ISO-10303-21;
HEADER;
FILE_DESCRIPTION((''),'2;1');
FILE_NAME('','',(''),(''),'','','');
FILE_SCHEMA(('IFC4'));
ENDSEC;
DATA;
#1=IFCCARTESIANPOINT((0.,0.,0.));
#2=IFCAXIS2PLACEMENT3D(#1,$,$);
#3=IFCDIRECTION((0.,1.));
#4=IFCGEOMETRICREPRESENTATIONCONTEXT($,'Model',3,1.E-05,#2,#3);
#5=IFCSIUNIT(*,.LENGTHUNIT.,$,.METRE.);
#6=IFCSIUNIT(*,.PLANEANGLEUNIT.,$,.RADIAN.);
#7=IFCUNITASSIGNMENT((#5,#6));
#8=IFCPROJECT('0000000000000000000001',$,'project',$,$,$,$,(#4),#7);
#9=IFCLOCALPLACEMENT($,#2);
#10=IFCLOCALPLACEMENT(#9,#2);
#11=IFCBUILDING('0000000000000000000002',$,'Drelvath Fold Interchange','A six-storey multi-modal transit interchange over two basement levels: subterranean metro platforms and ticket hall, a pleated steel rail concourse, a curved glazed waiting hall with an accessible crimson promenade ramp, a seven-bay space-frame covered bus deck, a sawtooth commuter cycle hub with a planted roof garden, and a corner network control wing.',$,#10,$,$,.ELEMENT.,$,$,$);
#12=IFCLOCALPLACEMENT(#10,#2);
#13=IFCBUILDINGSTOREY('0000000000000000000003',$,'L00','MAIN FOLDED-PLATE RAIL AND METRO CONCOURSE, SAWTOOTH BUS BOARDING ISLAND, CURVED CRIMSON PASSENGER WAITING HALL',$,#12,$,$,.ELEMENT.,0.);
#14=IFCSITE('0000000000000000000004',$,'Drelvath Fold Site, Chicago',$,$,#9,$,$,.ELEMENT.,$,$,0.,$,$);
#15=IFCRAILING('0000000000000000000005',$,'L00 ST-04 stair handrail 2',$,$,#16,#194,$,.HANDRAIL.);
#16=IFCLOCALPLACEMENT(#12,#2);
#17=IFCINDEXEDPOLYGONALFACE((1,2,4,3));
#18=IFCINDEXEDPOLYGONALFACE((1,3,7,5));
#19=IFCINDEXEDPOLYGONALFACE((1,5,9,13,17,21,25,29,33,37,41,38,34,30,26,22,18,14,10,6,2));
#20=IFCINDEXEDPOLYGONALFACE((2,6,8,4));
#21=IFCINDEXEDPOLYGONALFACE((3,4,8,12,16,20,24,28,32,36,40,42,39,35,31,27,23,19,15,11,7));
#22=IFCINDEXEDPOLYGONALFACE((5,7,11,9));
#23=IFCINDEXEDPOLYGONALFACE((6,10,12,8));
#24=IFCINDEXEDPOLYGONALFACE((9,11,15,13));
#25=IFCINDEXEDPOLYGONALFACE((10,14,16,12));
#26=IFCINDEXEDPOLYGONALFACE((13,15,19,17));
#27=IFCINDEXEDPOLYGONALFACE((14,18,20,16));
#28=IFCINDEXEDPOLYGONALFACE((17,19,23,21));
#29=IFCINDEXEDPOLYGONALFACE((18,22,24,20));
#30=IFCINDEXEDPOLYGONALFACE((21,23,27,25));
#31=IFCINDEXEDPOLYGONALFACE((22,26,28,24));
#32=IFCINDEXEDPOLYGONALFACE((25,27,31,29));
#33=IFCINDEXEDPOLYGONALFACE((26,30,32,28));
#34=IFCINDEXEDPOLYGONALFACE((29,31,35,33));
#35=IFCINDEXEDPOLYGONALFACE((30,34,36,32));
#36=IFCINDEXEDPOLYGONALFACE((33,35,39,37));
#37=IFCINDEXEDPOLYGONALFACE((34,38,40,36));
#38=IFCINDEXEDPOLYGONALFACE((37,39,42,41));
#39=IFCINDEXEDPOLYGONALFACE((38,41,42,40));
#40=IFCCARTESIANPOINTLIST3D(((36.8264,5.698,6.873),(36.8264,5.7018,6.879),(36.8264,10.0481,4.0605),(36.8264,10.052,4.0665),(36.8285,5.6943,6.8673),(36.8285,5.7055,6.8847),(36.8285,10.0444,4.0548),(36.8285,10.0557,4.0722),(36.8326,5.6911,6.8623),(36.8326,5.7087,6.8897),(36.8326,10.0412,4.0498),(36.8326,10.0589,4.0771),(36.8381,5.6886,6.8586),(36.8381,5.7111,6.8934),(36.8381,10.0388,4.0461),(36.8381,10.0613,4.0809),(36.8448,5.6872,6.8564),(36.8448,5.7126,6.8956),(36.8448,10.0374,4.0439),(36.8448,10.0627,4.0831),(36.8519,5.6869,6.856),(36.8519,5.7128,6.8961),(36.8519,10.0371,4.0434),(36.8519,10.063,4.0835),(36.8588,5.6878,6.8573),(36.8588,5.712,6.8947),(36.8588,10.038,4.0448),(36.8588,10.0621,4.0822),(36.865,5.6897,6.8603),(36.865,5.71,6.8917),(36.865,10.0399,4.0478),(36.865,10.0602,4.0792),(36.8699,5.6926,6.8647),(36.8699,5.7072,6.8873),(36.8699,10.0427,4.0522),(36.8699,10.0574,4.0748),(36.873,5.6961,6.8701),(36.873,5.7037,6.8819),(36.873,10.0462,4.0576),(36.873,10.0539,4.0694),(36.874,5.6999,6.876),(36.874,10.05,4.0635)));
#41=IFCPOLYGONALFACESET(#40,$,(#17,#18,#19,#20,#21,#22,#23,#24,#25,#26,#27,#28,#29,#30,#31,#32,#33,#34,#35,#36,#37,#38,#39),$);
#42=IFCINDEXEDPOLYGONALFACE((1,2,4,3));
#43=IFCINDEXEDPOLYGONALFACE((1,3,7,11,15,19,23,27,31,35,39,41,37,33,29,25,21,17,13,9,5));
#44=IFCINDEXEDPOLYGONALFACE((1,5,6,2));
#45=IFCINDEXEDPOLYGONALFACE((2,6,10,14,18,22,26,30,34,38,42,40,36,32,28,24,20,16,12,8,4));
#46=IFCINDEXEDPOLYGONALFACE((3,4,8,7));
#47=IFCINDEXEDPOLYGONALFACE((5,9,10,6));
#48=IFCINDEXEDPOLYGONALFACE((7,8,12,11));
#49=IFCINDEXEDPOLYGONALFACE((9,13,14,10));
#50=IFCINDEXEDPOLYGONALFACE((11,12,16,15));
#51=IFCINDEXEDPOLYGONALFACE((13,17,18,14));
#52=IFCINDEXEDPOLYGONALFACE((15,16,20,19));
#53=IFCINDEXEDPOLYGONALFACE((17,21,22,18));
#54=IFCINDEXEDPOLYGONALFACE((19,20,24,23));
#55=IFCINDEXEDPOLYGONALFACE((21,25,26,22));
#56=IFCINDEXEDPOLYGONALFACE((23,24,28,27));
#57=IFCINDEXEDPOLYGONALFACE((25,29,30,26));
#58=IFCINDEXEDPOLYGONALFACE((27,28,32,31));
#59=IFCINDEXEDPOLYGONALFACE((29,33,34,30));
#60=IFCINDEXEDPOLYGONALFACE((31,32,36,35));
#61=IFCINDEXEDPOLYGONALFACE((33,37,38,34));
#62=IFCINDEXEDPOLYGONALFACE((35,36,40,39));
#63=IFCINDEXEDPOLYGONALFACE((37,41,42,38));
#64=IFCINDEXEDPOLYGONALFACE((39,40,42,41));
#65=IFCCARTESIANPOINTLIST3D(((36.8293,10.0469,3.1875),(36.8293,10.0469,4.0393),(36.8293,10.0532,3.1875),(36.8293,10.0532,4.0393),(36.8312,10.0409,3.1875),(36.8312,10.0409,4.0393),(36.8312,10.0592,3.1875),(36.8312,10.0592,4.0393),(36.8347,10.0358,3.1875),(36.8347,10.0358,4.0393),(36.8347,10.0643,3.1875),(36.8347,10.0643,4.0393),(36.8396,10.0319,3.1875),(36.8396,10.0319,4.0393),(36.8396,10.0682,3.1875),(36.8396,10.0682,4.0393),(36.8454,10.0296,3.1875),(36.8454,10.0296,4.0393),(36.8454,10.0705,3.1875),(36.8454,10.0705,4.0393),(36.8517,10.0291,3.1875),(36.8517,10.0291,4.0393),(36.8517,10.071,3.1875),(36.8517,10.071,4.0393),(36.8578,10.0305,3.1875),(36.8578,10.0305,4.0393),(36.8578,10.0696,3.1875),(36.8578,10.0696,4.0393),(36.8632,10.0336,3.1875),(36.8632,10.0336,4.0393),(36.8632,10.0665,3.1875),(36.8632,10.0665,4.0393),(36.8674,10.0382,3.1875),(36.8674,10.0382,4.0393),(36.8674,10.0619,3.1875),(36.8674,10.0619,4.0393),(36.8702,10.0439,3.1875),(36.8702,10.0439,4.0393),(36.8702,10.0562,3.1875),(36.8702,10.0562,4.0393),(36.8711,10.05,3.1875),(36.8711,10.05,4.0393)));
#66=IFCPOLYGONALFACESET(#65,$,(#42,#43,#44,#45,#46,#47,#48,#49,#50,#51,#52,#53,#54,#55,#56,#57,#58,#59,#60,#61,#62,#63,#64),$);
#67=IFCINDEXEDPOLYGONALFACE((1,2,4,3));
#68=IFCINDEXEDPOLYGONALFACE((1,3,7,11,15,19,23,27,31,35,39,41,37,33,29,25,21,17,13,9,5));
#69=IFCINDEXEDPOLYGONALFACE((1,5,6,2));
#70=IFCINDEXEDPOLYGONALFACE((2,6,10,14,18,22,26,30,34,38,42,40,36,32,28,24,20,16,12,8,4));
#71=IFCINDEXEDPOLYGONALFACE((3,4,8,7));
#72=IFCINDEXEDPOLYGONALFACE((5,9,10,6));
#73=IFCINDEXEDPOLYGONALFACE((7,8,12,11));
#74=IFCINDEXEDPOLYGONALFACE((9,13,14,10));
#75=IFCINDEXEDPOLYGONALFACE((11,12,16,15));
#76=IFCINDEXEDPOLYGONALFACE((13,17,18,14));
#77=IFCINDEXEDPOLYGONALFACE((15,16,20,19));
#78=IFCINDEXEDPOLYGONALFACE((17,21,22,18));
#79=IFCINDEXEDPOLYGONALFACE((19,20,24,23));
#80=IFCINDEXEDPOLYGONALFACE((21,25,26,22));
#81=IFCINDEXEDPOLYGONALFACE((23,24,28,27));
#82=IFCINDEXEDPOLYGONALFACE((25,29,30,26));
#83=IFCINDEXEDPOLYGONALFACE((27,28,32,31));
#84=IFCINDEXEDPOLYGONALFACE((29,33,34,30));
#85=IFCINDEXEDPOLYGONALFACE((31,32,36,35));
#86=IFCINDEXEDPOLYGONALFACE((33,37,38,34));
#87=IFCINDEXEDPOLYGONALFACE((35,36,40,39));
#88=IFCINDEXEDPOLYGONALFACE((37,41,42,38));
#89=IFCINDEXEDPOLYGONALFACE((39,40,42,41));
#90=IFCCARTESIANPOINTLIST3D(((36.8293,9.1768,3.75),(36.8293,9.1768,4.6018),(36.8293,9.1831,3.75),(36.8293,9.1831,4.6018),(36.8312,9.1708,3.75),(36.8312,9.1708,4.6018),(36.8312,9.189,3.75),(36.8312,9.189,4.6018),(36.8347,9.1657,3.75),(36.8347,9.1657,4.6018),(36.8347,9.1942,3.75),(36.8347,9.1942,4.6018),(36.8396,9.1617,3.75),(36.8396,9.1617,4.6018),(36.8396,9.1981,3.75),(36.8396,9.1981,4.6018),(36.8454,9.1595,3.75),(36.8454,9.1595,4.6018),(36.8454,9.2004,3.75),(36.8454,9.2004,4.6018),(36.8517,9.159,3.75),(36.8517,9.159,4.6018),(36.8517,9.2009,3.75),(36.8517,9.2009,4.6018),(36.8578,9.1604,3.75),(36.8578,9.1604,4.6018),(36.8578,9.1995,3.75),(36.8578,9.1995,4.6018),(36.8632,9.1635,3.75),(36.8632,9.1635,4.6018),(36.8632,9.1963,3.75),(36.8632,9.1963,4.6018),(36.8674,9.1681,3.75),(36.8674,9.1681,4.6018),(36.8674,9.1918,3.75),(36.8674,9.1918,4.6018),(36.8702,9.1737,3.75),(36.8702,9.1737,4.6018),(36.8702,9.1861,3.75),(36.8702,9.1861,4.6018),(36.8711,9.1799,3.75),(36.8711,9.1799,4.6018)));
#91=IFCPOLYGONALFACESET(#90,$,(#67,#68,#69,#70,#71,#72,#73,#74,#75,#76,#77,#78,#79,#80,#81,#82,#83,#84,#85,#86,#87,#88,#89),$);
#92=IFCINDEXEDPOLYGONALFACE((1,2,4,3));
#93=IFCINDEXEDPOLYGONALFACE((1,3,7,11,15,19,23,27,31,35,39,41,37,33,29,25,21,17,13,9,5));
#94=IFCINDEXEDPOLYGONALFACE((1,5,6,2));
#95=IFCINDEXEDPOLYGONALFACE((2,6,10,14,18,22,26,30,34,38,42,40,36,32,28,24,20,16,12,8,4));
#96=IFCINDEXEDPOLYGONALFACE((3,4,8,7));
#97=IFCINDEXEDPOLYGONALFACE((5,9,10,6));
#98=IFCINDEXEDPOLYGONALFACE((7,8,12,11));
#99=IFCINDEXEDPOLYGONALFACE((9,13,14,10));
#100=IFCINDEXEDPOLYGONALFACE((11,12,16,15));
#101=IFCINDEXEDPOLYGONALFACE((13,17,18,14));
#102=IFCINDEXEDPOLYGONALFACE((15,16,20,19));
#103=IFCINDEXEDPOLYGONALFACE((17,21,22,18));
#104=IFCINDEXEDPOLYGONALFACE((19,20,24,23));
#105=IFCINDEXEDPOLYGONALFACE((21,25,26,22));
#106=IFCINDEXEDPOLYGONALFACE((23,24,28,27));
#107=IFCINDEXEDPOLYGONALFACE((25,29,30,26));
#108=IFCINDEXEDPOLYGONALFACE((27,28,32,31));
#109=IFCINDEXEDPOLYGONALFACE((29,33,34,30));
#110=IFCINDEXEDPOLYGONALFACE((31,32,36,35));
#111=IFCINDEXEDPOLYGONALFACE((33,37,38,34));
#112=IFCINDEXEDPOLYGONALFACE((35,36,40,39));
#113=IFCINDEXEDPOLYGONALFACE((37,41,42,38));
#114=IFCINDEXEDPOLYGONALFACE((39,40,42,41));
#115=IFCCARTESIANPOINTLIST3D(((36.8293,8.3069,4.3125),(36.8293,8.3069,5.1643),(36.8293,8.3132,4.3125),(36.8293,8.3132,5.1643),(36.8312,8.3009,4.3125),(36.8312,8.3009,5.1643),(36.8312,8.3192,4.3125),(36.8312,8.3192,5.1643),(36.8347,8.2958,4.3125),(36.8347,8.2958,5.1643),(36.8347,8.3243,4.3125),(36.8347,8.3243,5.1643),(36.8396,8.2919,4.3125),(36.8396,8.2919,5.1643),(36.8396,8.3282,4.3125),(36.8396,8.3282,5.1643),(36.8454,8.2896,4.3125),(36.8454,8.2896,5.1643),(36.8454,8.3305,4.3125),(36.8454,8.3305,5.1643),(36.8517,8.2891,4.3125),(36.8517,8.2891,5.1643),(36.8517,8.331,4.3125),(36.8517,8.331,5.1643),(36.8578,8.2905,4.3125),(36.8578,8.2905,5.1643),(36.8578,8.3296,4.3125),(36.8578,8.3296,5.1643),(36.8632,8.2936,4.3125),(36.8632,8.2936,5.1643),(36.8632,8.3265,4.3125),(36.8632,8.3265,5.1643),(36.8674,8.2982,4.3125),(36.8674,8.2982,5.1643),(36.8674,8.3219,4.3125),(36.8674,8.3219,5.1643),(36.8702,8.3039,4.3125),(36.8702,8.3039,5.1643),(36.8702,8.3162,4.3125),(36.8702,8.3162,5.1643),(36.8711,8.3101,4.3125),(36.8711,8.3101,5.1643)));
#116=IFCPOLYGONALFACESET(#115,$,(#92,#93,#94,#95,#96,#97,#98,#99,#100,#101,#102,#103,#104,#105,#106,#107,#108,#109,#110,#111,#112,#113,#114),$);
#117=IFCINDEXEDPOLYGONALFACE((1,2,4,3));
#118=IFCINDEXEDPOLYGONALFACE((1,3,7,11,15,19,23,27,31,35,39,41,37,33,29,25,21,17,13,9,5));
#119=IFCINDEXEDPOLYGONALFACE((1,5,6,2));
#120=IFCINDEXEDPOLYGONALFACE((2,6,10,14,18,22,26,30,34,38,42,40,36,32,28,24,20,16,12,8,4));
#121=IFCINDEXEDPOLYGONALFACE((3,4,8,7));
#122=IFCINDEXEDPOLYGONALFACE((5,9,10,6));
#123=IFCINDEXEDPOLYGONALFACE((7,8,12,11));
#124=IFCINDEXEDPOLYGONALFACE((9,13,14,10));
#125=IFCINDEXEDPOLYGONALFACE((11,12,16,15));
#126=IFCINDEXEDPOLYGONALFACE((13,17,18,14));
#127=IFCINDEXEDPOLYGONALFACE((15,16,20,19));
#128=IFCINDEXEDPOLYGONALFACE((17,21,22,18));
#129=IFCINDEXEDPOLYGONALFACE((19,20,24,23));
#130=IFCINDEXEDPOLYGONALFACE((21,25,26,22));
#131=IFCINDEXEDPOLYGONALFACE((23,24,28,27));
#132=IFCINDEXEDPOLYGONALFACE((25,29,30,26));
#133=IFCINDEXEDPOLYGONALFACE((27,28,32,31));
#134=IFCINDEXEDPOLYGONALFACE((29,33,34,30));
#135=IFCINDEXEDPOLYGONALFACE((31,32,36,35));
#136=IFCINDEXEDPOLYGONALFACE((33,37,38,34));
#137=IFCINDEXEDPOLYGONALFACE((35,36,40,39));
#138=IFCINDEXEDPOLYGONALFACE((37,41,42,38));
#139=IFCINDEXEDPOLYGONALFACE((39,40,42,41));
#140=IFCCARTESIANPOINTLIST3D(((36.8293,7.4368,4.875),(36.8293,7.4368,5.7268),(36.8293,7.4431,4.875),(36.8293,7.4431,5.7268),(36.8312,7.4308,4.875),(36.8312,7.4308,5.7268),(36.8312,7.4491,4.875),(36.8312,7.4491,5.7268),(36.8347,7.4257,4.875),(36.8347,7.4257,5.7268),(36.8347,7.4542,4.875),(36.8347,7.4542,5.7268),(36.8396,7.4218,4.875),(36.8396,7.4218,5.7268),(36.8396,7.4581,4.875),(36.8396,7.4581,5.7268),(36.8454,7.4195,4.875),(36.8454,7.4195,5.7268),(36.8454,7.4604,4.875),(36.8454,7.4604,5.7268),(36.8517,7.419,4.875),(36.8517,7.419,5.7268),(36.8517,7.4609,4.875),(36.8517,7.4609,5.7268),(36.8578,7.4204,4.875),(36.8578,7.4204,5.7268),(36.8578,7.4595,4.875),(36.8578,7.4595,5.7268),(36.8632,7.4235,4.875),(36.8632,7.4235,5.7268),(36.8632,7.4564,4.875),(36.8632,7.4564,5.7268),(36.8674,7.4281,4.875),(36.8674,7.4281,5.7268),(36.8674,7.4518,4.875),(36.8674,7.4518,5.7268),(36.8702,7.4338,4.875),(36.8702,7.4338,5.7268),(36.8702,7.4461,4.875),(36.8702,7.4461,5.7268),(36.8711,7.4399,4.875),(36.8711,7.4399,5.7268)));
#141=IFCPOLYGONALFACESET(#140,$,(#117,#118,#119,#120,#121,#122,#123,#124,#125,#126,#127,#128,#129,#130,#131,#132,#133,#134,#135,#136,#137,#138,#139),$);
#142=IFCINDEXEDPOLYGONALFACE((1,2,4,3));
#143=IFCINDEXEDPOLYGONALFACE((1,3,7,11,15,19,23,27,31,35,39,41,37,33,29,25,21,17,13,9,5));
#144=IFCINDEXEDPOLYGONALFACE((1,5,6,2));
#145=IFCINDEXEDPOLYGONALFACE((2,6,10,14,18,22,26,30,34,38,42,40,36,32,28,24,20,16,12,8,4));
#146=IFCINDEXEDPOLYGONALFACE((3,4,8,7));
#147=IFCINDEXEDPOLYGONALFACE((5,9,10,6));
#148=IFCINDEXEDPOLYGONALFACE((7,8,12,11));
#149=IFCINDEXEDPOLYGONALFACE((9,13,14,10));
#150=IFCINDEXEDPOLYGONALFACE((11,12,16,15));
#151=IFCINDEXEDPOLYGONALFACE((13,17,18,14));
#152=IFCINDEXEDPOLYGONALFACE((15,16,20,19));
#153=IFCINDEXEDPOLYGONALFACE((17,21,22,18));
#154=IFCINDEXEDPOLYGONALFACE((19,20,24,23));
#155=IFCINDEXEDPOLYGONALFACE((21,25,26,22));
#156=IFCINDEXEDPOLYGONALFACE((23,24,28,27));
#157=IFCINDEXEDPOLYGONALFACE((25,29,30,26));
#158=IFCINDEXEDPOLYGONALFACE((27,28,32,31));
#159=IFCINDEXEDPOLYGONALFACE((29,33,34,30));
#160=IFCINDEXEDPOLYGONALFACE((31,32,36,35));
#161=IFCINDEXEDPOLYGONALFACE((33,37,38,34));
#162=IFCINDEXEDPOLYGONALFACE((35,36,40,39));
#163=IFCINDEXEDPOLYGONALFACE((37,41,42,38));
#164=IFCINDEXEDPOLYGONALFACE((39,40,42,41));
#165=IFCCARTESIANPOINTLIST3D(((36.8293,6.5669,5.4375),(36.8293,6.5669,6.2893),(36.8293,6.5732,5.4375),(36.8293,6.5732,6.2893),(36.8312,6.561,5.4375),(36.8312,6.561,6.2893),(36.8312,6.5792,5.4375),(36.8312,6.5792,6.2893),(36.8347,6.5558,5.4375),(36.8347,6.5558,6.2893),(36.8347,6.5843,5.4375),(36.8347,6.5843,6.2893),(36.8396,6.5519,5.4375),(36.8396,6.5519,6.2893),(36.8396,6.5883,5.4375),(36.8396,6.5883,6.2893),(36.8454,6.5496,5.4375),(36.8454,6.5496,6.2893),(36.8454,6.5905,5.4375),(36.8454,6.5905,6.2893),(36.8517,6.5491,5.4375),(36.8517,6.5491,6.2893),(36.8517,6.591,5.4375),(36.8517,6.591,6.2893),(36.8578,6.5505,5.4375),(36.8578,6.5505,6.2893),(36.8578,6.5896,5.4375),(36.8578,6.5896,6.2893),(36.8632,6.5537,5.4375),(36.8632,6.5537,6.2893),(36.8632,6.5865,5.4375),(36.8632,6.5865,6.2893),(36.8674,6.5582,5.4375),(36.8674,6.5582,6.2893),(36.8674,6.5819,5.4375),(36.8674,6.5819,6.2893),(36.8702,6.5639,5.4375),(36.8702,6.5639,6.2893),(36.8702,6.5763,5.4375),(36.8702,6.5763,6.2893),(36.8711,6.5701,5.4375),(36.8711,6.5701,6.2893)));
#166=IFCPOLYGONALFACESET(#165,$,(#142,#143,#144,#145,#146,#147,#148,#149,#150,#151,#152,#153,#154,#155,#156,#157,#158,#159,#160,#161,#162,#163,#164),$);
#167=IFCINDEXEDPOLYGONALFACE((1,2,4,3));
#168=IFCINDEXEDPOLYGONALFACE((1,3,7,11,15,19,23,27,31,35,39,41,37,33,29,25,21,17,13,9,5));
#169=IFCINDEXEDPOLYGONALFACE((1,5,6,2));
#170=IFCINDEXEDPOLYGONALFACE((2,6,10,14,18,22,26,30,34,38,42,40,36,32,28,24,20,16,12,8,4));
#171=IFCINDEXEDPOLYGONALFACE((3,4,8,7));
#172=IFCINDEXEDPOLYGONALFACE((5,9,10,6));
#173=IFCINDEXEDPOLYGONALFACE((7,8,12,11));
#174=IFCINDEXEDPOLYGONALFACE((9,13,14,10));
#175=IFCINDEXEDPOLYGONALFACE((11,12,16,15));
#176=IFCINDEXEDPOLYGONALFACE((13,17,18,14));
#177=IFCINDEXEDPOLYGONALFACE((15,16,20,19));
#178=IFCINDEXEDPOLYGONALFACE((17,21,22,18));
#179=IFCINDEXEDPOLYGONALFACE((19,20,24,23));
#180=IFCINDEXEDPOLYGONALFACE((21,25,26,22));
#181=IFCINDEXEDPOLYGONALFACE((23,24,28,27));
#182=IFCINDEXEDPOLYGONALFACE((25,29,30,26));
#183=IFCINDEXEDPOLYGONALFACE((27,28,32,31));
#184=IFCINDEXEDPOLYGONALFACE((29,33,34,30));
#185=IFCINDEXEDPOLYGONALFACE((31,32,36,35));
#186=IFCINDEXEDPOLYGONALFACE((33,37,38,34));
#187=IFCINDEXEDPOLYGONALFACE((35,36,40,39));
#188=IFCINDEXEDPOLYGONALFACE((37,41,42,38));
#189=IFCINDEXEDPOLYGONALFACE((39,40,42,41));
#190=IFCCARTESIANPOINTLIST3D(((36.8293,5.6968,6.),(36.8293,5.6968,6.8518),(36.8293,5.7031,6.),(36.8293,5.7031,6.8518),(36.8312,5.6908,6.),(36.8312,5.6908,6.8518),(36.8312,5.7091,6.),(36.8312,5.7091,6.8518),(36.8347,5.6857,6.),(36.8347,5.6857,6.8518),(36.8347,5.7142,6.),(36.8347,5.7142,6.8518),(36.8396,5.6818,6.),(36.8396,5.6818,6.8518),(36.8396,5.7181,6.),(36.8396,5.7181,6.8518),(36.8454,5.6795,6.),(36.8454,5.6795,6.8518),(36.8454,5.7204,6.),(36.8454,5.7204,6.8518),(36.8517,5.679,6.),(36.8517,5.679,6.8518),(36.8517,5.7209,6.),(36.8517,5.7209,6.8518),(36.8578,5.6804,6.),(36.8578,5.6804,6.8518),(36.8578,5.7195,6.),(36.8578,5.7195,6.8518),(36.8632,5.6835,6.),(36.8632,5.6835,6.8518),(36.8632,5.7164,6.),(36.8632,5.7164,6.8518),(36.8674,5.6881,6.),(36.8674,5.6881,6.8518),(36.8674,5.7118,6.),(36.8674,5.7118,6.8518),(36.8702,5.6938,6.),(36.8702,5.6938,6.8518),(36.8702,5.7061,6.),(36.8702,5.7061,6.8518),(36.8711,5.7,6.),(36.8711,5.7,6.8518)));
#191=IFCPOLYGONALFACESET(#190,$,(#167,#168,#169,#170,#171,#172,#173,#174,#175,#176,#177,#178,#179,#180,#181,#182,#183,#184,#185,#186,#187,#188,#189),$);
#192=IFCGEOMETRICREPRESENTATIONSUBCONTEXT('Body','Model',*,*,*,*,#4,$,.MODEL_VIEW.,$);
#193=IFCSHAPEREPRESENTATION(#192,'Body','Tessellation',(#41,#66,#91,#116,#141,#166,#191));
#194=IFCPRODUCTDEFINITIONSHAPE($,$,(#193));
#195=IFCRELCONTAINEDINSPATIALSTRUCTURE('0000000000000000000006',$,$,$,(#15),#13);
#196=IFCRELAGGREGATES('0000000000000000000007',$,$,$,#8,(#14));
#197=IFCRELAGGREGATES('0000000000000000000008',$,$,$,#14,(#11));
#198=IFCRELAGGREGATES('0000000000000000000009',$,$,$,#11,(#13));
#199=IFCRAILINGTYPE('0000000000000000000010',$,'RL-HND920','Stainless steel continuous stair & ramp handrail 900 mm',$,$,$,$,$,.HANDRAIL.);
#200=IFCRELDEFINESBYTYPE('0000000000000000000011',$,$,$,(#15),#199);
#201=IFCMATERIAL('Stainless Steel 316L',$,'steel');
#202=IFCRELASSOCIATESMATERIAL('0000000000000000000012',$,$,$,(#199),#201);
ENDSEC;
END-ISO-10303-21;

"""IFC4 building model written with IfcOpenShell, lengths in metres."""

from ifc_helpers import new_model, si_unit, direction, frame, origin, origin_2d, place, context, subcontext, project, spatial, circle, extrude, material, type_object, element, save


model = new_model("IFC4")

# Units and contexts
model_context = context("Model", 3, precision=1e-05, world=origin(), true_north=direction((0.0, 1.0)))
body_context = subcontext(model_context, "Body", "Model", "MODEL_VIEW")
ifc_project = project(units=[si_unit("LENGTHUNIT", "METRE"), si_unit("PLANEANGLEUNIT", "RADIAN")], contexts=[model_context])

# Site, building, storey
site_placement = place(None, origin())
site = spatial("IfcSite", under=ifc_project, at=site_placement, Name="Drelvath Fold Site, Chicago", CompositionType="ELEMENT", RefElevation=0.0)
building_placement = place(site_placement, origin())
building = spatial("IfcBuilding", under=site, at=building_placement, Name="Drelvath Fold Interchange", Description="A six-storey multi-modal transit interchange over two basement levels: subterranean metro platforms and ticket hall, a pleated steel rail concourse, a curved glazed waiting hall with an accessible crimson promenade ramp, a seven-bay space-frame covered bus deck, a sawtooth commuter cycle hub with a planted roof garden, and a corner network control wing.", CompositionType="ELEMENT")
storey_placement = place(building_placement, origin())
storey = spatial("IfcBuildingStorey", under=building, at=storey_placement, Name="L00", Description="MAIN FOLDED-PLATE RAIL AND METRO CONCOURSE, SAWTOOTH BUS BOARDING ISLAND, CURVED CRIMSON PASSENGER WAITING HALL", CompositionType="ELEMENT", Elevation=0.0)

# Railing
ifc_material_1 = material(Name="Stainless Steel 316L", Category="steel")
railing_type = type_object("IfcRailingType", Name="RL-HND920", Description="Stainless steel continuous stair & ramp handrail 900 mm", PredefinedType="HANDRAIL", material=ifc_material_1)
railing_placement = place(storey_placement, frame((36.8501, 10.05, 3.1875)))
element("IfcRailing", 1, at=railing_placement, inside=storey, type_object=railing_type, Name="L00 ST-04 stair handrail 2", PredefinedType="HANDRAIL", context=body_context, shape_type="SweptSolid", body=[
    extrude(circle(Radius=0.0239, at=origin_2d()), frame((0.0, 0.0, 0.876), z_axis=(0.0, -0.83977, 0.542942), x_axis=(1.0, 0.0, 0.0)), (0.0, 0.0, 1.0), 5.1802),
    extrude(circle(Radius=0.021, at=origin_2d()), origin(), (0.0, 0.0, 1.0), 0.8518),
    extrude(circle(Radius=0.021, at=origin_2d()), frame((0.0, -0.8701, 0.5625)), (0.0, 0.0, 1.0), 0.8518),
    extrude(circle(Radius=0.021, at=origin_2d()), frame((0.0, -1.74, 1.125)), (0.0, 0.0, 1.0), 0.8518),
    extrude(circle(Radius=0.021, at=origin_2d()), frame((0.0, -2.6101, 1.6875)), (0.0, 0.0, 1.0), 0.8518),
    extrude(circle(Radius=0.021, at=origin_2d()), frame((0.0, -3.48, 2.25)), (0.0, 0.0, 1.0), 0.8518),
    extrude(circle(Radius=0.021, at=origin_2d()), frame((0.0, -4.3501, 2.8125)), (0.0, 0.0, 1.0), 0.8518),
])

save(model, "model.ifc")
